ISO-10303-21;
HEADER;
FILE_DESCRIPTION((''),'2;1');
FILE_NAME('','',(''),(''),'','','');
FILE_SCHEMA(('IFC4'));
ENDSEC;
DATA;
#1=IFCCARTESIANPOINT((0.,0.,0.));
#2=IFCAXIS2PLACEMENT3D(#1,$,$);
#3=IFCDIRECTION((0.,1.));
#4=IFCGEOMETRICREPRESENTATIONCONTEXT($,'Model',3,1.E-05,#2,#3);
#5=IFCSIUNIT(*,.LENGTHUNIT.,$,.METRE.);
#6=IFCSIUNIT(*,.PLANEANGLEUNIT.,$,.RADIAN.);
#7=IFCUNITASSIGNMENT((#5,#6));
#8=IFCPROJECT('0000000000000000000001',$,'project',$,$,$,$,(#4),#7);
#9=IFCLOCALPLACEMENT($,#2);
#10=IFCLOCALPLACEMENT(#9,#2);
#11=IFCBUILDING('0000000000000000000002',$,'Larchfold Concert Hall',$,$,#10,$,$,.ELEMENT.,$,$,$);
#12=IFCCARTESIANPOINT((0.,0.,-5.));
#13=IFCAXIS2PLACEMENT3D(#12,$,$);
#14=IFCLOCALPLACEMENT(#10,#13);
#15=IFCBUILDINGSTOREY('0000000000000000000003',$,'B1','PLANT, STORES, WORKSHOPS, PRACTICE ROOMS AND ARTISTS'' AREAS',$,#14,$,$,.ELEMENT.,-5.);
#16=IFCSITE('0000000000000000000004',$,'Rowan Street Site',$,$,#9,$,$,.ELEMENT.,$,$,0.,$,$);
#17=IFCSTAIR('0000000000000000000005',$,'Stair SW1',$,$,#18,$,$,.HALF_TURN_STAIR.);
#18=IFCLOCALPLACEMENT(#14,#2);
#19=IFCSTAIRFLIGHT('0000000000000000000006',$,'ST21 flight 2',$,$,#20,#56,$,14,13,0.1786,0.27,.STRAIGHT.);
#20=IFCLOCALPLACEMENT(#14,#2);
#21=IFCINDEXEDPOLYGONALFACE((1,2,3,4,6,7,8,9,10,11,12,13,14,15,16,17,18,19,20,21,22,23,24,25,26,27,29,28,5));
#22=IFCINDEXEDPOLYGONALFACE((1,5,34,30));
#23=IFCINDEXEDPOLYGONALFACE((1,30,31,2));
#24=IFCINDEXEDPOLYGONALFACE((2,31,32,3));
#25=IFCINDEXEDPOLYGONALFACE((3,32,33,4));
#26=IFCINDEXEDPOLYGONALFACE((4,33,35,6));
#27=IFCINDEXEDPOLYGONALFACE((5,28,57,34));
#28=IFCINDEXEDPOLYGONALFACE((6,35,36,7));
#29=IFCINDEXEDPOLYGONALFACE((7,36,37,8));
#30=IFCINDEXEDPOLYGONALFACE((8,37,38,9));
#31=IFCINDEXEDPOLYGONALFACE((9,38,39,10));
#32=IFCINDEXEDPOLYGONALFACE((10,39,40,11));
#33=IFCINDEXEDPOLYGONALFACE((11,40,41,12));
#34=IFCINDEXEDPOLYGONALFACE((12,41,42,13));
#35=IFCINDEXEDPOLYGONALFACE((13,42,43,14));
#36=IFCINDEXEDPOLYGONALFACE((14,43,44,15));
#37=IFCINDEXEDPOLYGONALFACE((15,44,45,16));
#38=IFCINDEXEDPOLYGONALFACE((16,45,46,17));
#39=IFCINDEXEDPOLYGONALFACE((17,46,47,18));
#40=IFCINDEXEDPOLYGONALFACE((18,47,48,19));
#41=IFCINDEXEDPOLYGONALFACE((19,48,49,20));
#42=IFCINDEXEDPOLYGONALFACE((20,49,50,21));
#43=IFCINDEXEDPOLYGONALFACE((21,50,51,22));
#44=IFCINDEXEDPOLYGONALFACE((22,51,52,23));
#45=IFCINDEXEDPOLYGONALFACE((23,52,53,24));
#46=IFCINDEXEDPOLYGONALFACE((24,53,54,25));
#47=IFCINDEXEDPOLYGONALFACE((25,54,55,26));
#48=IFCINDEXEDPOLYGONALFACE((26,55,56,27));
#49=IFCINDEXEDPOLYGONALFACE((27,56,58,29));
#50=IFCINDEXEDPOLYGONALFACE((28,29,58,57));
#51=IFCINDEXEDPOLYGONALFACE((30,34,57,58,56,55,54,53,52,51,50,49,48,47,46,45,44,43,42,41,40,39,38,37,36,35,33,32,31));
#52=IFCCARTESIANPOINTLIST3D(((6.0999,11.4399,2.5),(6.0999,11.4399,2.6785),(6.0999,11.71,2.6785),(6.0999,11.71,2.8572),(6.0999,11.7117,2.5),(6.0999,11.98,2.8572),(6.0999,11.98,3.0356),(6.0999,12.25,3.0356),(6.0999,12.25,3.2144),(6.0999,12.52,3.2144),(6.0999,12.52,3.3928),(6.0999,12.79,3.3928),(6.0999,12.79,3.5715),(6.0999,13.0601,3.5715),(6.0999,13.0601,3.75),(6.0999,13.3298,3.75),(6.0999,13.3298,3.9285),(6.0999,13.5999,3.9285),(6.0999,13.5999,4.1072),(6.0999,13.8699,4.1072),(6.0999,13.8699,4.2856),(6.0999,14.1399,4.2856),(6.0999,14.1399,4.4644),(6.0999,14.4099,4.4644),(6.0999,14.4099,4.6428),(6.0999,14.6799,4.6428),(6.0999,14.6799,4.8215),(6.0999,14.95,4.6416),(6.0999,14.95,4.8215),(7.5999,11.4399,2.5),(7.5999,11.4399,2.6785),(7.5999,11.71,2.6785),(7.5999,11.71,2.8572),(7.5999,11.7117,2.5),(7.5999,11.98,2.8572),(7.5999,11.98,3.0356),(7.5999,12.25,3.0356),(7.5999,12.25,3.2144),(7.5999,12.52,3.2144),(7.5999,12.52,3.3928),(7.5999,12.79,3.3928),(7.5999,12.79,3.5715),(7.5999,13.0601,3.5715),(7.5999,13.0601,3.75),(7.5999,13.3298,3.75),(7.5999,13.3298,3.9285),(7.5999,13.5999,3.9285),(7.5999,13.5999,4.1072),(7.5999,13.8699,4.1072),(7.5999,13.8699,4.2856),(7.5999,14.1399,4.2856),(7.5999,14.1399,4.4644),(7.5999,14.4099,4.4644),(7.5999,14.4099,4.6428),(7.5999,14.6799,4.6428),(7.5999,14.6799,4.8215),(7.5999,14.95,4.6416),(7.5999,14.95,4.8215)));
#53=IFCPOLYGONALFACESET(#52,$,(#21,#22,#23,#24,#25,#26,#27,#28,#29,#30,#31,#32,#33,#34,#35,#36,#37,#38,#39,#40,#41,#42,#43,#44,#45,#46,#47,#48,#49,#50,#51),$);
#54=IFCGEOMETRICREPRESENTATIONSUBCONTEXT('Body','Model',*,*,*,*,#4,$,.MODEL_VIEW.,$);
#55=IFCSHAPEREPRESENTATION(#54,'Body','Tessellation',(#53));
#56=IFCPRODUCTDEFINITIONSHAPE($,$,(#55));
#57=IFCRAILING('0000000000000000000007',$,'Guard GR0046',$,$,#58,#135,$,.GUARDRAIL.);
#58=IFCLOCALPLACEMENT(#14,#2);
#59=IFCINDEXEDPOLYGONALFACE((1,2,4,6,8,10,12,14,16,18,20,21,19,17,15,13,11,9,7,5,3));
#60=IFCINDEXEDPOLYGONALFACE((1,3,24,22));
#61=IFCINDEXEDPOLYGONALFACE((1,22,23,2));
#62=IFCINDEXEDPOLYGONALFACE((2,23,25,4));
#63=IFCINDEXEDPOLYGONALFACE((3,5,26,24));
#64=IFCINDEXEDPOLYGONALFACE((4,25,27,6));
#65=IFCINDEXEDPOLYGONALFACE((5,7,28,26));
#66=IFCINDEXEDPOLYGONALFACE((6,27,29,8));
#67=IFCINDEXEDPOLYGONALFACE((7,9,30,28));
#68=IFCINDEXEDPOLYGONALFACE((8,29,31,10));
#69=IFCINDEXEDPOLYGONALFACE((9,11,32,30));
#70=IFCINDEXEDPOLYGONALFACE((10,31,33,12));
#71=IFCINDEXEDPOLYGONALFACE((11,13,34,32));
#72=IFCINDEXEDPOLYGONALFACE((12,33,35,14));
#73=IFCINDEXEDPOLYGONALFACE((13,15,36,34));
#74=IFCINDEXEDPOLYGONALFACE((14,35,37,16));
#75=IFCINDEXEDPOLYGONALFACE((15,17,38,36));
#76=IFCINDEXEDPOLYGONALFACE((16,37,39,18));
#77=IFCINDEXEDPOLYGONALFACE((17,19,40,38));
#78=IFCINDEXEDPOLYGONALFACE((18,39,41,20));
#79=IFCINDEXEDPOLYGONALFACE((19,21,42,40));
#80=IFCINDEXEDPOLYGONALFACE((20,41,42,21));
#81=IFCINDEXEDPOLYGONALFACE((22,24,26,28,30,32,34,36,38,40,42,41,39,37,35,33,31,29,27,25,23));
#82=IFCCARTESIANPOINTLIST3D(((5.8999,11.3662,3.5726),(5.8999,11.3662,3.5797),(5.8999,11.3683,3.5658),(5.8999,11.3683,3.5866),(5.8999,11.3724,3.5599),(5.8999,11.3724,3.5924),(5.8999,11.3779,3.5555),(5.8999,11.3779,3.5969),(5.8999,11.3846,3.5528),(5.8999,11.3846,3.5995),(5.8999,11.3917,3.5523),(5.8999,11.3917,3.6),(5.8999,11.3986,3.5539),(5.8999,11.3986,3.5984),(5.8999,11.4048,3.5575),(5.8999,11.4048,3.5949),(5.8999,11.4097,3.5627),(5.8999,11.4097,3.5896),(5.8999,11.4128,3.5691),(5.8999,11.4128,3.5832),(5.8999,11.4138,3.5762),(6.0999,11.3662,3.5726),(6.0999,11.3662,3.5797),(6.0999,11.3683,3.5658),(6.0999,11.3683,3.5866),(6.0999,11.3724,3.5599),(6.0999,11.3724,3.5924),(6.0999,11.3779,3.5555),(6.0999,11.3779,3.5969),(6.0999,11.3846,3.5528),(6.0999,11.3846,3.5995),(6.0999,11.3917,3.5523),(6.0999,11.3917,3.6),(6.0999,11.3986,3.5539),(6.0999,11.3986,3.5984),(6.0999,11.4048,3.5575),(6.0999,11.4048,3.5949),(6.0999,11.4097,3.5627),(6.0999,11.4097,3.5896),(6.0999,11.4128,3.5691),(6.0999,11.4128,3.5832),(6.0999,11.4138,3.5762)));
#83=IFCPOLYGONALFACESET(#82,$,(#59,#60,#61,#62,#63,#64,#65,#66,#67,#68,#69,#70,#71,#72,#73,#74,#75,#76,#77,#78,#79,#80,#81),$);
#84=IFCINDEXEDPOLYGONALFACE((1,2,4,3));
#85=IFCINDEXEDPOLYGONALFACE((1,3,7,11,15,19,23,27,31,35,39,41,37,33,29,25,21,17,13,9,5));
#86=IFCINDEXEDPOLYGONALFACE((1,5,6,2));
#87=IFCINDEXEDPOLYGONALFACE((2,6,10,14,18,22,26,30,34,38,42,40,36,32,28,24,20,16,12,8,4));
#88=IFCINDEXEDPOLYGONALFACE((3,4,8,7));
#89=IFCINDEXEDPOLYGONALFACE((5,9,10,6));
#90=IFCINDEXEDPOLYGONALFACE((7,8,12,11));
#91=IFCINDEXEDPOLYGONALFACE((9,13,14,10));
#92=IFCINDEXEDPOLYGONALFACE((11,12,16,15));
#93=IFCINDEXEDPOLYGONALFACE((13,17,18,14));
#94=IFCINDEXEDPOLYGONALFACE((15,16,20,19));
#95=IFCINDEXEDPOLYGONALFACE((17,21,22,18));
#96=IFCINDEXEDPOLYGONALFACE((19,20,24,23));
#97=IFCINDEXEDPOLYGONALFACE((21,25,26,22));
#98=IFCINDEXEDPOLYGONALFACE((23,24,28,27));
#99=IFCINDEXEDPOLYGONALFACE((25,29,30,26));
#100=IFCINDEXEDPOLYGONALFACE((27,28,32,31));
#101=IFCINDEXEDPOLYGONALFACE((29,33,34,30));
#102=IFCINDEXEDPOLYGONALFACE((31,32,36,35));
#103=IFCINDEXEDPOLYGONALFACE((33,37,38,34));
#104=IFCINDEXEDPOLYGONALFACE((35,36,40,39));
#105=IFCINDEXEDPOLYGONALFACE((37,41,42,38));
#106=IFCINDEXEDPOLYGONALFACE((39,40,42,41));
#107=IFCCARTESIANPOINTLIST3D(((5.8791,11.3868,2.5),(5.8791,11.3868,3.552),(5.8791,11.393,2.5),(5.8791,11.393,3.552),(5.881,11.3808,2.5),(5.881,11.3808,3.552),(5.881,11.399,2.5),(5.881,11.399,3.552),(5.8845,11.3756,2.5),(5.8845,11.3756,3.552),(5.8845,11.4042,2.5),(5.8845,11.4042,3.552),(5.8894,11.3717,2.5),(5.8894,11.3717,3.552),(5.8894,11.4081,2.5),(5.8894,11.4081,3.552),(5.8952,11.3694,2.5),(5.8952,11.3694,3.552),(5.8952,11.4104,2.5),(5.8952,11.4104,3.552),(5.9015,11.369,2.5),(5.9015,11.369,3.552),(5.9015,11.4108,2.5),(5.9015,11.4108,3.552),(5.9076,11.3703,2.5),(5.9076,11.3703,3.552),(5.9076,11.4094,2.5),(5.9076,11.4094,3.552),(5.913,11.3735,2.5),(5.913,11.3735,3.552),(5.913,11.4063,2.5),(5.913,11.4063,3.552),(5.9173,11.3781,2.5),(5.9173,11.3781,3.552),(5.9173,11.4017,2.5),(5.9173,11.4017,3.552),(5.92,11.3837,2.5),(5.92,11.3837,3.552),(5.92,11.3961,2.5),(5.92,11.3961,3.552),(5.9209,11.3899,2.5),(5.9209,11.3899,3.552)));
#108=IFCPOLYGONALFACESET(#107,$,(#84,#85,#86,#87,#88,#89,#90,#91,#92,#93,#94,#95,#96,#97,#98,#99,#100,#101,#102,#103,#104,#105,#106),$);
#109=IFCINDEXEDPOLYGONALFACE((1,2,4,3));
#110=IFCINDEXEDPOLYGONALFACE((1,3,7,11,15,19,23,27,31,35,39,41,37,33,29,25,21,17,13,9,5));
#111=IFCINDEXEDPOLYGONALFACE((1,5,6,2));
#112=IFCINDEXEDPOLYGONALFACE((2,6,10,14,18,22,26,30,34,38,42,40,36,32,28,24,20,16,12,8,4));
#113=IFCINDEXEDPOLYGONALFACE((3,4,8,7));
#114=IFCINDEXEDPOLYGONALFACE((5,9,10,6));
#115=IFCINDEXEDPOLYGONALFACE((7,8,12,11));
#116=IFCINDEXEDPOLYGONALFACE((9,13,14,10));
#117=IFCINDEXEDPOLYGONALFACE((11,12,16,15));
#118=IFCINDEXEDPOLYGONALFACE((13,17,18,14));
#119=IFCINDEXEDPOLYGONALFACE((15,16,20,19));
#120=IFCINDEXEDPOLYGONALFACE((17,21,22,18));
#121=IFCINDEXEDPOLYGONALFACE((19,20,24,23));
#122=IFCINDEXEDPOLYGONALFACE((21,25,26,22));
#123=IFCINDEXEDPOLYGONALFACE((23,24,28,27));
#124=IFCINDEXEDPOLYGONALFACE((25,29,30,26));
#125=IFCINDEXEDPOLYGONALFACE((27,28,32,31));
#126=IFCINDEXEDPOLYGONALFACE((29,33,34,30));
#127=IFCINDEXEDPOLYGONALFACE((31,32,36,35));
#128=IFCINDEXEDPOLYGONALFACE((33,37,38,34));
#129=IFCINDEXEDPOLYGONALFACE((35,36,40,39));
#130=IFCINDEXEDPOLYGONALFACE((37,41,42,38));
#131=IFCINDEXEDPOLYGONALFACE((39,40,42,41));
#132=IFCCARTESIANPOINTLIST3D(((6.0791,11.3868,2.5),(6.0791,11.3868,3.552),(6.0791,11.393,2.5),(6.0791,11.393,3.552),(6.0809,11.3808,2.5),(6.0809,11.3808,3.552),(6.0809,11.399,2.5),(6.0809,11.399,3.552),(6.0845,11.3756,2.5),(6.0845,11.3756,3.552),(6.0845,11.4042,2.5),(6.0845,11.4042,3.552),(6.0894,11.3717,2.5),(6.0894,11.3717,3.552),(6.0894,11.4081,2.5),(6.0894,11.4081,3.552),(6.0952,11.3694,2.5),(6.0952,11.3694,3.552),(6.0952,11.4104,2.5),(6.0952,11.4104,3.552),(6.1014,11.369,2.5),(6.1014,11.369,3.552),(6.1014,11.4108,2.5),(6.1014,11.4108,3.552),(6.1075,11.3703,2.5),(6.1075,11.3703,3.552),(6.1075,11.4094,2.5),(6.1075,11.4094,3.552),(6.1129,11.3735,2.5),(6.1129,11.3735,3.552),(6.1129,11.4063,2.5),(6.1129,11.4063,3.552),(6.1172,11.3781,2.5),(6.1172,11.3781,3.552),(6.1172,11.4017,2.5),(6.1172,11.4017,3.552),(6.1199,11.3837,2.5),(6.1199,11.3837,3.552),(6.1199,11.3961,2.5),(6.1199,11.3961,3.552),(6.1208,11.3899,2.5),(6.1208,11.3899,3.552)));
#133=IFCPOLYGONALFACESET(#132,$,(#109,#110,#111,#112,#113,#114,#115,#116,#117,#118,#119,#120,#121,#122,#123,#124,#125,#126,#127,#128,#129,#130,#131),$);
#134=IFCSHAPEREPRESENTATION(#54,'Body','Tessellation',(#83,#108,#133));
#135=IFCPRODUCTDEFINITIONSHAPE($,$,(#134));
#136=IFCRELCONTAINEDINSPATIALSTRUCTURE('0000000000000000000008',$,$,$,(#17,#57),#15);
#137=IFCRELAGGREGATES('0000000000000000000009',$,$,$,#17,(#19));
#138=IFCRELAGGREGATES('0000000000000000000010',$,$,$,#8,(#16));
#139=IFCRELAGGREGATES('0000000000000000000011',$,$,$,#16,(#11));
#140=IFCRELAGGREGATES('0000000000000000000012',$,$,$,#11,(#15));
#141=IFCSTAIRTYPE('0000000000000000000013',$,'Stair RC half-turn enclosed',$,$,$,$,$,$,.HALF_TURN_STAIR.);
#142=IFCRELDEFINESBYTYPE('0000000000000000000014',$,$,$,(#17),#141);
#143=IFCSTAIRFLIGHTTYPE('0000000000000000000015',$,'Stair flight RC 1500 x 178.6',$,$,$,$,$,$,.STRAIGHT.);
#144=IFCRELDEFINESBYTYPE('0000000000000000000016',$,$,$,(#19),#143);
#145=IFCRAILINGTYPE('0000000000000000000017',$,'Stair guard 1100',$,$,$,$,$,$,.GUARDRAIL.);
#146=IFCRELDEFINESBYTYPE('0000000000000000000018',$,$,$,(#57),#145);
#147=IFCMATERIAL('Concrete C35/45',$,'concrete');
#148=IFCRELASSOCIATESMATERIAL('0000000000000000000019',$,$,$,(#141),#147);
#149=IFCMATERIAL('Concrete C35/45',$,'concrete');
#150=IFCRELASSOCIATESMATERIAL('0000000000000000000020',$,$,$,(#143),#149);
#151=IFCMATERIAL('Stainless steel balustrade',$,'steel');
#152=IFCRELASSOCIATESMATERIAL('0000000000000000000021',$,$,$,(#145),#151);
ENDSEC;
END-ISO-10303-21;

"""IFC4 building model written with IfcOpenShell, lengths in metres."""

from ifc_helpers import new_model, si_unit, direction, frame, origin, origin_2d, place, context, subcontext, project, spatial, polyline, circle, outline, extrude, material, type_object, element, aggregate, save


model = new_model("IFC4")

# Units and contexts
model_context = context("Model", 3, precision=1e-05, world=origin(), true_north=direction((0.0, 1.0)))
body_context = subcontext(model_context, "Body", "Model", "MODEL_VIEW")
ifc_project = project(units=[si_unit("LENGTHUNIT", "METRE"), si_unit("PLANEANGLEUNIT", "RADIAN")], contexts=[model_context])

# Site, building, storey
site_placement = place(None, origin())
site = spatial("IfcSite", under=ifc_project, at=site_placement, Name="Rowan Street Site", CompositionType="ELEMENT", RefElevation=0.0)
building_placement = place(site_placement, origin())
building = spatial("IfcBuilding", under=site, at=building_placement, Name="Larchfold Concert Hall", CompositionType="ELEMENT")
storey_placement = place(building_placement, frame((0.0, 0.0, -5.0)))
storey = spatial("IfcBuildingStorey", under=building, at=storey_placement, Name="B1", Description="PLANT, STORES, WORKSHOPS, PRACTICE ROOMS AND ARTISTS' AREAS", CompositionType="ELEMENT", Elevation=-5.0)

# Stair, stair flight
ifc_material_1 = material(Name="Concrete C35/45", Category="concrete")
stair_type = type_object("IfcStairType", Name="Stair RC half-turn enclosed", PredefinedType="HALF_TURN_STAIR", material=ifc_material_1)
stair_placement = place(storey_placement, origin())
stair = element("IfcStair", 1, at=stair_placement, inside=storey, type_object=stair_type, Name="Stair SW1", PredefinedType="HALF_TURN_STAIR")
ifc_material_2 = material(Name="Concrete C35/45", Category="concrete")
stair_flight_type = type_object("IfcStairFlightType", Name="Stair flight RC 1500 x 178.6", PredefinedType="STRAIGHT", material=ifc_material_2)
stair_flight_placement = place(storey_placement, frame((6.8499, 11.4399, 2.5), z_axis=(0.0, 0.0, 1.0), x_axis=(0.0, 1.0, 0.0)))
stair_flight = element("IfcStairFlight", 2, at=stair_flight_placement, type_object=stair_flight_type, Name="ST21 flight 2", NumberOfRisers=14, NumberOfTreads=13, PredefinedType="STRAIGHT", RiserHeight=0.1786, TreadLength=0.27, context=body_context, shape_type="SweptSolid", body=[
    extrude(outline(polyline([(0.0, 0.0), (0.0, 0.1785), (0.27, 0.1785), (0.27, 0.3572), (0.54, 0.3572), (0.54, 0.5356), (0.8101, 0.5356), (0.8101, 0.7144), (1.0801, 0.7144), (1.0801, 0.8928), (1.3501, 0.8928), (1.3501, 1.0715), (1.6201, 1.0715), (1.6201, 1.25), (1.8899, 1.25), (1.8899, 1.4285), (2.1599, 1.4285), (2.1599, 1.6072), (2.4299, 1.6072), (2.4299, 1.7856), (2.7, 1.7856), (2.7, 1.9644), (2.97, 1.9644), (2.97, 2.1428), (3.24, 2.1428), (3.24, 2.3215), (3.51, 2.3215), (3.51, 2.5), (3.51, 2.1416), (0.2717, 0.0), (0.0, 0.0)])), frame((0.0, 0.75, 0.0), z_axis=(0.0, -1.0, 0.0), x_axis=(1.0, 0.0, 0.0)), (0.0, 0.0, 1.0), 1.5),
])
aggregate(stair, [stair_flight])

# Railing
ifc_material_3 = material(Name="Stainless steel balustrade", Category="steel")
railing_type_1 = type_object("IfcRailingType", Name="Stair guard 1100", PredefinedType="GUARDRAIL", material=ifc_material_3)
railing_1_placement = place(storey_placement, frame((5.8999, 11.3899, 2.5)))
element("IfcRailing", 3, at=railing_1_placement, inside=storey, type_object=railing_type_1, Name="Guard GR0046", PredefinedType="GUARDRAIL", context=body_context, shape_type="SweptSolid", body=[
    extrude(circle(Radius=0.0239, at=origin_2d()), frame((0.0, 0.0, 1.0762), z_axis=(1.0, 0.0, 0.0), x_axis=(0.0, 1.0, 0.0)), (0.0, 0.0, 1.0), 0.2),
    extrude(circle(Radius=0.021, at=origin_2d()), origin(), (0.0, 0.0, 1.0), 1.052),
    extrude(circle(Radius=0.021, at=origin_2d()), frame((0.2, 0.0, 0.0)), (0.0, 0.0, 1.0), 1.052),
])

save(model, "model.ifc")
